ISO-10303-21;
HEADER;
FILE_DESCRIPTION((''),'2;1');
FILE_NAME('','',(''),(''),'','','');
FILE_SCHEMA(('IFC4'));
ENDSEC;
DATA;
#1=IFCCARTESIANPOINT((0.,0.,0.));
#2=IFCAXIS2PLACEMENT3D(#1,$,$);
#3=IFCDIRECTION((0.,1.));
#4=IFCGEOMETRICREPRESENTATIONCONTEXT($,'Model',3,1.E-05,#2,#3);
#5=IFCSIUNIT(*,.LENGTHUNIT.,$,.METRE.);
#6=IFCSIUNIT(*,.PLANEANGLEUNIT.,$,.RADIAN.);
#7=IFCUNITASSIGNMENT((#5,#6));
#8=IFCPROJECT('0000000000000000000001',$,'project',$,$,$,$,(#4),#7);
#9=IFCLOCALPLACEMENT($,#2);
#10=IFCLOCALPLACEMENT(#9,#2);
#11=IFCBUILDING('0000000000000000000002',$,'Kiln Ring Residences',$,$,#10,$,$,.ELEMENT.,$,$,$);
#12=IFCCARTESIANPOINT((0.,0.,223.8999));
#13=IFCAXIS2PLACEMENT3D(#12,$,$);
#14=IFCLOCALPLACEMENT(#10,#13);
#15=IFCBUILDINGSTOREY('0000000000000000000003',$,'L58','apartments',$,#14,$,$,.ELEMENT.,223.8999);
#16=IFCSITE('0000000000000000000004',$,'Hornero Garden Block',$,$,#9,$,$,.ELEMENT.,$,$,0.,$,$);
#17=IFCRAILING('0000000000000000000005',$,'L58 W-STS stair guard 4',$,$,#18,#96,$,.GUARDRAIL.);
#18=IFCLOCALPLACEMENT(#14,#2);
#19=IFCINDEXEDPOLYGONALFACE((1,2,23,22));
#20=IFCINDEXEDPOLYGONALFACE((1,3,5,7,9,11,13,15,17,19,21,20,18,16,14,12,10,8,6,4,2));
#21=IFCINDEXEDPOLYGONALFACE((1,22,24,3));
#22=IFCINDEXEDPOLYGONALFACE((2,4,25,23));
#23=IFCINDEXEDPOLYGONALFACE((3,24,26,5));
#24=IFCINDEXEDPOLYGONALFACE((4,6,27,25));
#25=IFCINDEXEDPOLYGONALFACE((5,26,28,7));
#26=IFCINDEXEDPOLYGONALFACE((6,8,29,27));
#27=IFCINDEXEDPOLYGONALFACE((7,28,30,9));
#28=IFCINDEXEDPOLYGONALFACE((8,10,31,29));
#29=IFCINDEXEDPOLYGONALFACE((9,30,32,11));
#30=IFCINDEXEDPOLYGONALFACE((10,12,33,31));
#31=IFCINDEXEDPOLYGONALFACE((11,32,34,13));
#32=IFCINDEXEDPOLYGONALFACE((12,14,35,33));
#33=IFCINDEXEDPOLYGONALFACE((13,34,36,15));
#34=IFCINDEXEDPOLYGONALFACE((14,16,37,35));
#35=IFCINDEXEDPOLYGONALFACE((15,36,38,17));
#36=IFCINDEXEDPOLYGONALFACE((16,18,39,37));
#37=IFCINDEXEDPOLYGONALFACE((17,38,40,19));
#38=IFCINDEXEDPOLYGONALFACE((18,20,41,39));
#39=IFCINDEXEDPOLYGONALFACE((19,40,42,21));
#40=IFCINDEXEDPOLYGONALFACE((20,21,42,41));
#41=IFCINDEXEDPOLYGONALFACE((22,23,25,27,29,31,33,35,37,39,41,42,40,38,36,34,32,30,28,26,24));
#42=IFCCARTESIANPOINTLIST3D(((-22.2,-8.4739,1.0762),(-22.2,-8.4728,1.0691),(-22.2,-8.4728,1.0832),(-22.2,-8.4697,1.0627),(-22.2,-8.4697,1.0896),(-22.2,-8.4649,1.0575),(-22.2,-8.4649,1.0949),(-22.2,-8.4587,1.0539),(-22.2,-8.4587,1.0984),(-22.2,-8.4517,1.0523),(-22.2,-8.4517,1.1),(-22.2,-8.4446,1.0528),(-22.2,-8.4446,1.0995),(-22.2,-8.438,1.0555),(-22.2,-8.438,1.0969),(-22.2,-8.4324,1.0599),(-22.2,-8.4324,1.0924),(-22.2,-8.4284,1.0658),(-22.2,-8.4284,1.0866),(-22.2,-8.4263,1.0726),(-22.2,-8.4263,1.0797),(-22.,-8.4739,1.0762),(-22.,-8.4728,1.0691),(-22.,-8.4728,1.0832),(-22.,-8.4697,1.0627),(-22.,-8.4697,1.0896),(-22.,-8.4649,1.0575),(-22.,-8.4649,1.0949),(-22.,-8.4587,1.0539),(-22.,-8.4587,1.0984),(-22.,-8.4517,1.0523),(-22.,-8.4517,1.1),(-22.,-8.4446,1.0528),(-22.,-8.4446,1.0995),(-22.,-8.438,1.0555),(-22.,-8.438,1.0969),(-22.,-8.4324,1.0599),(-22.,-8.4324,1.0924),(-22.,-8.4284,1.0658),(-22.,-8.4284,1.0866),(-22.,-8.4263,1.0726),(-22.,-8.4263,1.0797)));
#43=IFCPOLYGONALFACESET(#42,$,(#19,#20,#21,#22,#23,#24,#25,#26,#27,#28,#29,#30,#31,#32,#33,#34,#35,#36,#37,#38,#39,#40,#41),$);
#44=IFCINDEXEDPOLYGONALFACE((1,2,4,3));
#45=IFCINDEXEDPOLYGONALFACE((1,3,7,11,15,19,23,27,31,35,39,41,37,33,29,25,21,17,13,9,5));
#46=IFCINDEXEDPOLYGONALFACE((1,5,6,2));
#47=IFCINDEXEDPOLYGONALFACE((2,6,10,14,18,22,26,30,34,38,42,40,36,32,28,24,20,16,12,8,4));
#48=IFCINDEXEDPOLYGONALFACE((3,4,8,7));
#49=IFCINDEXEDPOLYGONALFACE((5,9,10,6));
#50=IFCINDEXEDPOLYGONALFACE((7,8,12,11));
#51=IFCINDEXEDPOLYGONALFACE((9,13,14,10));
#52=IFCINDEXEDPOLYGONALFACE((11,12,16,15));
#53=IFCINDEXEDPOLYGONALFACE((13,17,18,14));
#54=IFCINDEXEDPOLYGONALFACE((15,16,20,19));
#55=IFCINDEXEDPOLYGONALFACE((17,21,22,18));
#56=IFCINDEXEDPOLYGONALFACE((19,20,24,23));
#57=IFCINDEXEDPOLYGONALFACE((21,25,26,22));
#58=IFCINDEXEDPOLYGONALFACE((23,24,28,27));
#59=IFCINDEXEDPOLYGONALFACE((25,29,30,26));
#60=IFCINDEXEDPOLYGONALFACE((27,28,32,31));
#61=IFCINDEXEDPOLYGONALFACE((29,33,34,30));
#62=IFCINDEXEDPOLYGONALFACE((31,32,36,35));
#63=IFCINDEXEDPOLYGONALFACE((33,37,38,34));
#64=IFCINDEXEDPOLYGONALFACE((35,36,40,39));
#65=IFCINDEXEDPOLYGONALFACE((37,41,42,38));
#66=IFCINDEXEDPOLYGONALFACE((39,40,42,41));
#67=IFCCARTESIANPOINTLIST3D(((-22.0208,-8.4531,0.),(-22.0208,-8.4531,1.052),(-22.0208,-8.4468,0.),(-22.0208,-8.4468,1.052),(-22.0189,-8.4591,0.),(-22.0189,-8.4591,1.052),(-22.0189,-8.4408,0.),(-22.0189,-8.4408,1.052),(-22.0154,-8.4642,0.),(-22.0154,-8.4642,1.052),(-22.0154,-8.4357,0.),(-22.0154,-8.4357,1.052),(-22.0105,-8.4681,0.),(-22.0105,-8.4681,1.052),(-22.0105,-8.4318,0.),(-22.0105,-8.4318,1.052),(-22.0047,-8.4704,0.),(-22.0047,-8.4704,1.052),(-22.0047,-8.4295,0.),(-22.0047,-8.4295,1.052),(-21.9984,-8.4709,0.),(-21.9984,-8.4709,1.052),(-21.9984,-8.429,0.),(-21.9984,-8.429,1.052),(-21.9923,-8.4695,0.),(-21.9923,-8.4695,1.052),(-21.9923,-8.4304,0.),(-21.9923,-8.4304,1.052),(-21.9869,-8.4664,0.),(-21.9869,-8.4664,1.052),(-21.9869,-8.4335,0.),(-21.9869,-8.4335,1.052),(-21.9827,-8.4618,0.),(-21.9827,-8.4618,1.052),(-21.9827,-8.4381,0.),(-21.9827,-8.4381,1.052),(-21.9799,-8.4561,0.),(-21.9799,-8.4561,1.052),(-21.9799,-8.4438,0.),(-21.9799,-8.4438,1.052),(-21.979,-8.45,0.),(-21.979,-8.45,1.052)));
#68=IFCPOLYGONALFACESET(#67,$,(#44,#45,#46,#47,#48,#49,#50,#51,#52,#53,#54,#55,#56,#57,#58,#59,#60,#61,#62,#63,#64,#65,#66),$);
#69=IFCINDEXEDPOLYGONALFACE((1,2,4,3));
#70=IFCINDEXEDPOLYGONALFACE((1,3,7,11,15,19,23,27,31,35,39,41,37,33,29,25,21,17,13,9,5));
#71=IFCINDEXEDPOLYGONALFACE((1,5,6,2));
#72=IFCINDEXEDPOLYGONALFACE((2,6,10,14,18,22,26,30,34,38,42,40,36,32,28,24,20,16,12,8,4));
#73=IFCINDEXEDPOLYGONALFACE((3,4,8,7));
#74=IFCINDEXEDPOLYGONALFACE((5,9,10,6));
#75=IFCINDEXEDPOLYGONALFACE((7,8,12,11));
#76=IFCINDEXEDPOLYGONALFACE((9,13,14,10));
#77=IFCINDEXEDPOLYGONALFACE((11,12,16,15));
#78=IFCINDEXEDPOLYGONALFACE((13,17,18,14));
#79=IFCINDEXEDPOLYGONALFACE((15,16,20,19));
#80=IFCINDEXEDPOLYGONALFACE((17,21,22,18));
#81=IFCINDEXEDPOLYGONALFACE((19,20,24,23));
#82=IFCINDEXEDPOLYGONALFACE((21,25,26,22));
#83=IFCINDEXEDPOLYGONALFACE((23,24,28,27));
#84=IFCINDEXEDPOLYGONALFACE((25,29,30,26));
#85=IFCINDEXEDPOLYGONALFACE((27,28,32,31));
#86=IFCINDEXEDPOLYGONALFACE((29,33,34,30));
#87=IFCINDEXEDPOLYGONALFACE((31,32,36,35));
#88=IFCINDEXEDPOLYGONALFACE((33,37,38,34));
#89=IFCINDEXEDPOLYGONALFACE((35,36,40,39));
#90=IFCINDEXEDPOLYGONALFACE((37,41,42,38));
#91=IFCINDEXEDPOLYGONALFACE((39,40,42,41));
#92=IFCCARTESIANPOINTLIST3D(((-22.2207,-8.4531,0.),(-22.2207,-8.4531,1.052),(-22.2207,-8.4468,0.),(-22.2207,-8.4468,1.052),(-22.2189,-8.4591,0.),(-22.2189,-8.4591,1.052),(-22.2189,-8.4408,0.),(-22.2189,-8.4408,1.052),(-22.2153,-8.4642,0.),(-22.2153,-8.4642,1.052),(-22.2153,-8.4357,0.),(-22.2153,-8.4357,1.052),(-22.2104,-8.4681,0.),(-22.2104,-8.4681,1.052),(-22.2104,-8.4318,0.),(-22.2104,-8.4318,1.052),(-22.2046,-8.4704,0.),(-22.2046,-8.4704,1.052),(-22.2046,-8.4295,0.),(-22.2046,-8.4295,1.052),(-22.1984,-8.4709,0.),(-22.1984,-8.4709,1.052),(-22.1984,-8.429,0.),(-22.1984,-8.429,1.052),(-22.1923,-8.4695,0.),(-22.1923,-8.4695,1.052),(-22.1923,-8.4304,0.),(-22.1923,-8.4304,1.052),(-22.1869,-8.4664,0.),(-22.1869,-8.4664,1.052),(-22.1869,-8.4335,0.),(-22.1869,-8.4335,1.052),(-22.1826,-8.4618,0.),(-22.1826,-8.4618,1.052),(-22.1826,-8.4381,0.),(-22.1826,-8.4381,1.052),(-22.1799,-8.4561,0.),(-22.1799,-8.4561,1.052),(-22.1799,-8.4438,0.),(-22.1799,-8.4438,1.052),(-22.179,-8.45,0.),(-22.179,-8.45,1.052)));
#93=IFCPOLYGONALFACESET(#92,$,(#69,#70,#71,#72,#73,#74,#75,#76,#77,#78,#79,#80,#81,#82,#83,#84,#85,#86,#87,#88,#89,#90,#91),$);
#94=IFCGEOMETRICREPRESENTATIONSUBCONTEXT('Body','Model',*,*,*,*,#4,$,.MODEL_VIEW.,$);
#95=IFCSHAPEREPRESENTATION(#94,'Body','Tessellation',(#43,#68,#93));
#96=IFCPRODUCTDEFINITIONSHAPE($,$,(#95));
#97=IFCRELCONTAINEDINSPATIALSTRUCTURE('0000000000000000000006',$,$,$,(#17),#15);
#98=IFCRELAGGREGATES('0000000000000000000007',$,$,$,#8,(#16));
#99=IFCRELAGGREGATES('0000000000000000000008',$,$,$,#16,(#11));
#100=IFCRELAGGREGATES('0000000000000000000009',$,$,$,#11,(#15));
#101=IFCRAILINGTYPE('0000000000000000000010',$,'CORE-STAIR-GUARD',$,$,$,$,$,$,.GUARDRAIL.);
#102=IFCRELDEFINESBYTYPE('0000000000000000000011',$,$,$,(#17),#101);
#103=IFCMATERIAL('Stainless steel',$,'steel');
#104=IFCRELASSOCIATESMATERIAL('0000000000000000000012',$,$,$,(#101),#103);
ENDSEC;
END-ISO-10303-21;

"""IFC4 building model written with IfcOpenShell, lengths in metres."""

from ifc_helpers import new_model, si_unit, direction, frame, origin, origin_2d, place, context, subcontext, project, spatial, circle, extrude, material, type_object, element, save


model = new_model("IFC4")

# Units and contexts
model_context = context("Model", 3, precision=1e-05, world=origin(), true_north=direction((0.0, 1.0)))
body_context = subcontext(model_context, "Body", "Model", "MODEL_VIEW")
ifc_project = project(units=[si_unit("LENGTHUNIT", "METRE"), si_unit("PLANEANGLEUNIT", "RADIAN")], contexts=[model_context])

# Site, building, storey
site_placement = place(None, origin())
site = spatial("IfcSite", under=ifc_project, at=site_placement, Name="Hornero Garden Block", CompositionType="ELEMENT", RefElevation=0.0)
building_placement = place(site_placement, origin())
building = spatial("IfcBuilding", under=site, at=building_placement, Name="Kiln Ring Residences", CompositionType="ELEMENT")
storey_placement = place(building_placement, frame((0.0, 0.0, 223.8999)))
storey = spatial("IfcBuildingStorey", under=building, at=storey_placement, Name="L58", Description="apartments", CompositionType="ELEMENT", Elevation=223.8999)

# Railing
ifc_material_1 = material(Name="Stainless steel", Category="steel")
railing_type_1 = type_object("IfcRailingType", Name="CORE-STAIR-GUARD", PredefinedType="GUARDRAIL", material=ifc_material_1)
railing_1_placement = place(storey_placement, frame((-22.0, -8.45, 0.0)))
element("IfcRailing", 1, at=railing_1_placement, inside=storey, type_object=railing_type_1, Name="L58 W-STS stair guard 4", PredefinedType="GUARDRAIL", context=body_context, shape_type="SweptSolid", body=[
    extrude(circle(Radius=0.0239, at=origin_2d()), frame((0.0, 0.0, 1.0762), z_axis=(-1.0, 0.0, 0.0), x_axis=(0.0, -1.0, 0.0)), (0.0, 0.0, 1.0), 0.2),
    extrude(circle(Radius=0.021, at=origin_2d()), origin(), (0.0, 0.0, 1.0), 1.052),
    extrude(circle(Radius=0.021, at=origin_2d()), frame((-0.2, 0.0, 0.0)), (0.0, 0.0, 1.0), 1.052),
])

save(model, "model.ifc")
